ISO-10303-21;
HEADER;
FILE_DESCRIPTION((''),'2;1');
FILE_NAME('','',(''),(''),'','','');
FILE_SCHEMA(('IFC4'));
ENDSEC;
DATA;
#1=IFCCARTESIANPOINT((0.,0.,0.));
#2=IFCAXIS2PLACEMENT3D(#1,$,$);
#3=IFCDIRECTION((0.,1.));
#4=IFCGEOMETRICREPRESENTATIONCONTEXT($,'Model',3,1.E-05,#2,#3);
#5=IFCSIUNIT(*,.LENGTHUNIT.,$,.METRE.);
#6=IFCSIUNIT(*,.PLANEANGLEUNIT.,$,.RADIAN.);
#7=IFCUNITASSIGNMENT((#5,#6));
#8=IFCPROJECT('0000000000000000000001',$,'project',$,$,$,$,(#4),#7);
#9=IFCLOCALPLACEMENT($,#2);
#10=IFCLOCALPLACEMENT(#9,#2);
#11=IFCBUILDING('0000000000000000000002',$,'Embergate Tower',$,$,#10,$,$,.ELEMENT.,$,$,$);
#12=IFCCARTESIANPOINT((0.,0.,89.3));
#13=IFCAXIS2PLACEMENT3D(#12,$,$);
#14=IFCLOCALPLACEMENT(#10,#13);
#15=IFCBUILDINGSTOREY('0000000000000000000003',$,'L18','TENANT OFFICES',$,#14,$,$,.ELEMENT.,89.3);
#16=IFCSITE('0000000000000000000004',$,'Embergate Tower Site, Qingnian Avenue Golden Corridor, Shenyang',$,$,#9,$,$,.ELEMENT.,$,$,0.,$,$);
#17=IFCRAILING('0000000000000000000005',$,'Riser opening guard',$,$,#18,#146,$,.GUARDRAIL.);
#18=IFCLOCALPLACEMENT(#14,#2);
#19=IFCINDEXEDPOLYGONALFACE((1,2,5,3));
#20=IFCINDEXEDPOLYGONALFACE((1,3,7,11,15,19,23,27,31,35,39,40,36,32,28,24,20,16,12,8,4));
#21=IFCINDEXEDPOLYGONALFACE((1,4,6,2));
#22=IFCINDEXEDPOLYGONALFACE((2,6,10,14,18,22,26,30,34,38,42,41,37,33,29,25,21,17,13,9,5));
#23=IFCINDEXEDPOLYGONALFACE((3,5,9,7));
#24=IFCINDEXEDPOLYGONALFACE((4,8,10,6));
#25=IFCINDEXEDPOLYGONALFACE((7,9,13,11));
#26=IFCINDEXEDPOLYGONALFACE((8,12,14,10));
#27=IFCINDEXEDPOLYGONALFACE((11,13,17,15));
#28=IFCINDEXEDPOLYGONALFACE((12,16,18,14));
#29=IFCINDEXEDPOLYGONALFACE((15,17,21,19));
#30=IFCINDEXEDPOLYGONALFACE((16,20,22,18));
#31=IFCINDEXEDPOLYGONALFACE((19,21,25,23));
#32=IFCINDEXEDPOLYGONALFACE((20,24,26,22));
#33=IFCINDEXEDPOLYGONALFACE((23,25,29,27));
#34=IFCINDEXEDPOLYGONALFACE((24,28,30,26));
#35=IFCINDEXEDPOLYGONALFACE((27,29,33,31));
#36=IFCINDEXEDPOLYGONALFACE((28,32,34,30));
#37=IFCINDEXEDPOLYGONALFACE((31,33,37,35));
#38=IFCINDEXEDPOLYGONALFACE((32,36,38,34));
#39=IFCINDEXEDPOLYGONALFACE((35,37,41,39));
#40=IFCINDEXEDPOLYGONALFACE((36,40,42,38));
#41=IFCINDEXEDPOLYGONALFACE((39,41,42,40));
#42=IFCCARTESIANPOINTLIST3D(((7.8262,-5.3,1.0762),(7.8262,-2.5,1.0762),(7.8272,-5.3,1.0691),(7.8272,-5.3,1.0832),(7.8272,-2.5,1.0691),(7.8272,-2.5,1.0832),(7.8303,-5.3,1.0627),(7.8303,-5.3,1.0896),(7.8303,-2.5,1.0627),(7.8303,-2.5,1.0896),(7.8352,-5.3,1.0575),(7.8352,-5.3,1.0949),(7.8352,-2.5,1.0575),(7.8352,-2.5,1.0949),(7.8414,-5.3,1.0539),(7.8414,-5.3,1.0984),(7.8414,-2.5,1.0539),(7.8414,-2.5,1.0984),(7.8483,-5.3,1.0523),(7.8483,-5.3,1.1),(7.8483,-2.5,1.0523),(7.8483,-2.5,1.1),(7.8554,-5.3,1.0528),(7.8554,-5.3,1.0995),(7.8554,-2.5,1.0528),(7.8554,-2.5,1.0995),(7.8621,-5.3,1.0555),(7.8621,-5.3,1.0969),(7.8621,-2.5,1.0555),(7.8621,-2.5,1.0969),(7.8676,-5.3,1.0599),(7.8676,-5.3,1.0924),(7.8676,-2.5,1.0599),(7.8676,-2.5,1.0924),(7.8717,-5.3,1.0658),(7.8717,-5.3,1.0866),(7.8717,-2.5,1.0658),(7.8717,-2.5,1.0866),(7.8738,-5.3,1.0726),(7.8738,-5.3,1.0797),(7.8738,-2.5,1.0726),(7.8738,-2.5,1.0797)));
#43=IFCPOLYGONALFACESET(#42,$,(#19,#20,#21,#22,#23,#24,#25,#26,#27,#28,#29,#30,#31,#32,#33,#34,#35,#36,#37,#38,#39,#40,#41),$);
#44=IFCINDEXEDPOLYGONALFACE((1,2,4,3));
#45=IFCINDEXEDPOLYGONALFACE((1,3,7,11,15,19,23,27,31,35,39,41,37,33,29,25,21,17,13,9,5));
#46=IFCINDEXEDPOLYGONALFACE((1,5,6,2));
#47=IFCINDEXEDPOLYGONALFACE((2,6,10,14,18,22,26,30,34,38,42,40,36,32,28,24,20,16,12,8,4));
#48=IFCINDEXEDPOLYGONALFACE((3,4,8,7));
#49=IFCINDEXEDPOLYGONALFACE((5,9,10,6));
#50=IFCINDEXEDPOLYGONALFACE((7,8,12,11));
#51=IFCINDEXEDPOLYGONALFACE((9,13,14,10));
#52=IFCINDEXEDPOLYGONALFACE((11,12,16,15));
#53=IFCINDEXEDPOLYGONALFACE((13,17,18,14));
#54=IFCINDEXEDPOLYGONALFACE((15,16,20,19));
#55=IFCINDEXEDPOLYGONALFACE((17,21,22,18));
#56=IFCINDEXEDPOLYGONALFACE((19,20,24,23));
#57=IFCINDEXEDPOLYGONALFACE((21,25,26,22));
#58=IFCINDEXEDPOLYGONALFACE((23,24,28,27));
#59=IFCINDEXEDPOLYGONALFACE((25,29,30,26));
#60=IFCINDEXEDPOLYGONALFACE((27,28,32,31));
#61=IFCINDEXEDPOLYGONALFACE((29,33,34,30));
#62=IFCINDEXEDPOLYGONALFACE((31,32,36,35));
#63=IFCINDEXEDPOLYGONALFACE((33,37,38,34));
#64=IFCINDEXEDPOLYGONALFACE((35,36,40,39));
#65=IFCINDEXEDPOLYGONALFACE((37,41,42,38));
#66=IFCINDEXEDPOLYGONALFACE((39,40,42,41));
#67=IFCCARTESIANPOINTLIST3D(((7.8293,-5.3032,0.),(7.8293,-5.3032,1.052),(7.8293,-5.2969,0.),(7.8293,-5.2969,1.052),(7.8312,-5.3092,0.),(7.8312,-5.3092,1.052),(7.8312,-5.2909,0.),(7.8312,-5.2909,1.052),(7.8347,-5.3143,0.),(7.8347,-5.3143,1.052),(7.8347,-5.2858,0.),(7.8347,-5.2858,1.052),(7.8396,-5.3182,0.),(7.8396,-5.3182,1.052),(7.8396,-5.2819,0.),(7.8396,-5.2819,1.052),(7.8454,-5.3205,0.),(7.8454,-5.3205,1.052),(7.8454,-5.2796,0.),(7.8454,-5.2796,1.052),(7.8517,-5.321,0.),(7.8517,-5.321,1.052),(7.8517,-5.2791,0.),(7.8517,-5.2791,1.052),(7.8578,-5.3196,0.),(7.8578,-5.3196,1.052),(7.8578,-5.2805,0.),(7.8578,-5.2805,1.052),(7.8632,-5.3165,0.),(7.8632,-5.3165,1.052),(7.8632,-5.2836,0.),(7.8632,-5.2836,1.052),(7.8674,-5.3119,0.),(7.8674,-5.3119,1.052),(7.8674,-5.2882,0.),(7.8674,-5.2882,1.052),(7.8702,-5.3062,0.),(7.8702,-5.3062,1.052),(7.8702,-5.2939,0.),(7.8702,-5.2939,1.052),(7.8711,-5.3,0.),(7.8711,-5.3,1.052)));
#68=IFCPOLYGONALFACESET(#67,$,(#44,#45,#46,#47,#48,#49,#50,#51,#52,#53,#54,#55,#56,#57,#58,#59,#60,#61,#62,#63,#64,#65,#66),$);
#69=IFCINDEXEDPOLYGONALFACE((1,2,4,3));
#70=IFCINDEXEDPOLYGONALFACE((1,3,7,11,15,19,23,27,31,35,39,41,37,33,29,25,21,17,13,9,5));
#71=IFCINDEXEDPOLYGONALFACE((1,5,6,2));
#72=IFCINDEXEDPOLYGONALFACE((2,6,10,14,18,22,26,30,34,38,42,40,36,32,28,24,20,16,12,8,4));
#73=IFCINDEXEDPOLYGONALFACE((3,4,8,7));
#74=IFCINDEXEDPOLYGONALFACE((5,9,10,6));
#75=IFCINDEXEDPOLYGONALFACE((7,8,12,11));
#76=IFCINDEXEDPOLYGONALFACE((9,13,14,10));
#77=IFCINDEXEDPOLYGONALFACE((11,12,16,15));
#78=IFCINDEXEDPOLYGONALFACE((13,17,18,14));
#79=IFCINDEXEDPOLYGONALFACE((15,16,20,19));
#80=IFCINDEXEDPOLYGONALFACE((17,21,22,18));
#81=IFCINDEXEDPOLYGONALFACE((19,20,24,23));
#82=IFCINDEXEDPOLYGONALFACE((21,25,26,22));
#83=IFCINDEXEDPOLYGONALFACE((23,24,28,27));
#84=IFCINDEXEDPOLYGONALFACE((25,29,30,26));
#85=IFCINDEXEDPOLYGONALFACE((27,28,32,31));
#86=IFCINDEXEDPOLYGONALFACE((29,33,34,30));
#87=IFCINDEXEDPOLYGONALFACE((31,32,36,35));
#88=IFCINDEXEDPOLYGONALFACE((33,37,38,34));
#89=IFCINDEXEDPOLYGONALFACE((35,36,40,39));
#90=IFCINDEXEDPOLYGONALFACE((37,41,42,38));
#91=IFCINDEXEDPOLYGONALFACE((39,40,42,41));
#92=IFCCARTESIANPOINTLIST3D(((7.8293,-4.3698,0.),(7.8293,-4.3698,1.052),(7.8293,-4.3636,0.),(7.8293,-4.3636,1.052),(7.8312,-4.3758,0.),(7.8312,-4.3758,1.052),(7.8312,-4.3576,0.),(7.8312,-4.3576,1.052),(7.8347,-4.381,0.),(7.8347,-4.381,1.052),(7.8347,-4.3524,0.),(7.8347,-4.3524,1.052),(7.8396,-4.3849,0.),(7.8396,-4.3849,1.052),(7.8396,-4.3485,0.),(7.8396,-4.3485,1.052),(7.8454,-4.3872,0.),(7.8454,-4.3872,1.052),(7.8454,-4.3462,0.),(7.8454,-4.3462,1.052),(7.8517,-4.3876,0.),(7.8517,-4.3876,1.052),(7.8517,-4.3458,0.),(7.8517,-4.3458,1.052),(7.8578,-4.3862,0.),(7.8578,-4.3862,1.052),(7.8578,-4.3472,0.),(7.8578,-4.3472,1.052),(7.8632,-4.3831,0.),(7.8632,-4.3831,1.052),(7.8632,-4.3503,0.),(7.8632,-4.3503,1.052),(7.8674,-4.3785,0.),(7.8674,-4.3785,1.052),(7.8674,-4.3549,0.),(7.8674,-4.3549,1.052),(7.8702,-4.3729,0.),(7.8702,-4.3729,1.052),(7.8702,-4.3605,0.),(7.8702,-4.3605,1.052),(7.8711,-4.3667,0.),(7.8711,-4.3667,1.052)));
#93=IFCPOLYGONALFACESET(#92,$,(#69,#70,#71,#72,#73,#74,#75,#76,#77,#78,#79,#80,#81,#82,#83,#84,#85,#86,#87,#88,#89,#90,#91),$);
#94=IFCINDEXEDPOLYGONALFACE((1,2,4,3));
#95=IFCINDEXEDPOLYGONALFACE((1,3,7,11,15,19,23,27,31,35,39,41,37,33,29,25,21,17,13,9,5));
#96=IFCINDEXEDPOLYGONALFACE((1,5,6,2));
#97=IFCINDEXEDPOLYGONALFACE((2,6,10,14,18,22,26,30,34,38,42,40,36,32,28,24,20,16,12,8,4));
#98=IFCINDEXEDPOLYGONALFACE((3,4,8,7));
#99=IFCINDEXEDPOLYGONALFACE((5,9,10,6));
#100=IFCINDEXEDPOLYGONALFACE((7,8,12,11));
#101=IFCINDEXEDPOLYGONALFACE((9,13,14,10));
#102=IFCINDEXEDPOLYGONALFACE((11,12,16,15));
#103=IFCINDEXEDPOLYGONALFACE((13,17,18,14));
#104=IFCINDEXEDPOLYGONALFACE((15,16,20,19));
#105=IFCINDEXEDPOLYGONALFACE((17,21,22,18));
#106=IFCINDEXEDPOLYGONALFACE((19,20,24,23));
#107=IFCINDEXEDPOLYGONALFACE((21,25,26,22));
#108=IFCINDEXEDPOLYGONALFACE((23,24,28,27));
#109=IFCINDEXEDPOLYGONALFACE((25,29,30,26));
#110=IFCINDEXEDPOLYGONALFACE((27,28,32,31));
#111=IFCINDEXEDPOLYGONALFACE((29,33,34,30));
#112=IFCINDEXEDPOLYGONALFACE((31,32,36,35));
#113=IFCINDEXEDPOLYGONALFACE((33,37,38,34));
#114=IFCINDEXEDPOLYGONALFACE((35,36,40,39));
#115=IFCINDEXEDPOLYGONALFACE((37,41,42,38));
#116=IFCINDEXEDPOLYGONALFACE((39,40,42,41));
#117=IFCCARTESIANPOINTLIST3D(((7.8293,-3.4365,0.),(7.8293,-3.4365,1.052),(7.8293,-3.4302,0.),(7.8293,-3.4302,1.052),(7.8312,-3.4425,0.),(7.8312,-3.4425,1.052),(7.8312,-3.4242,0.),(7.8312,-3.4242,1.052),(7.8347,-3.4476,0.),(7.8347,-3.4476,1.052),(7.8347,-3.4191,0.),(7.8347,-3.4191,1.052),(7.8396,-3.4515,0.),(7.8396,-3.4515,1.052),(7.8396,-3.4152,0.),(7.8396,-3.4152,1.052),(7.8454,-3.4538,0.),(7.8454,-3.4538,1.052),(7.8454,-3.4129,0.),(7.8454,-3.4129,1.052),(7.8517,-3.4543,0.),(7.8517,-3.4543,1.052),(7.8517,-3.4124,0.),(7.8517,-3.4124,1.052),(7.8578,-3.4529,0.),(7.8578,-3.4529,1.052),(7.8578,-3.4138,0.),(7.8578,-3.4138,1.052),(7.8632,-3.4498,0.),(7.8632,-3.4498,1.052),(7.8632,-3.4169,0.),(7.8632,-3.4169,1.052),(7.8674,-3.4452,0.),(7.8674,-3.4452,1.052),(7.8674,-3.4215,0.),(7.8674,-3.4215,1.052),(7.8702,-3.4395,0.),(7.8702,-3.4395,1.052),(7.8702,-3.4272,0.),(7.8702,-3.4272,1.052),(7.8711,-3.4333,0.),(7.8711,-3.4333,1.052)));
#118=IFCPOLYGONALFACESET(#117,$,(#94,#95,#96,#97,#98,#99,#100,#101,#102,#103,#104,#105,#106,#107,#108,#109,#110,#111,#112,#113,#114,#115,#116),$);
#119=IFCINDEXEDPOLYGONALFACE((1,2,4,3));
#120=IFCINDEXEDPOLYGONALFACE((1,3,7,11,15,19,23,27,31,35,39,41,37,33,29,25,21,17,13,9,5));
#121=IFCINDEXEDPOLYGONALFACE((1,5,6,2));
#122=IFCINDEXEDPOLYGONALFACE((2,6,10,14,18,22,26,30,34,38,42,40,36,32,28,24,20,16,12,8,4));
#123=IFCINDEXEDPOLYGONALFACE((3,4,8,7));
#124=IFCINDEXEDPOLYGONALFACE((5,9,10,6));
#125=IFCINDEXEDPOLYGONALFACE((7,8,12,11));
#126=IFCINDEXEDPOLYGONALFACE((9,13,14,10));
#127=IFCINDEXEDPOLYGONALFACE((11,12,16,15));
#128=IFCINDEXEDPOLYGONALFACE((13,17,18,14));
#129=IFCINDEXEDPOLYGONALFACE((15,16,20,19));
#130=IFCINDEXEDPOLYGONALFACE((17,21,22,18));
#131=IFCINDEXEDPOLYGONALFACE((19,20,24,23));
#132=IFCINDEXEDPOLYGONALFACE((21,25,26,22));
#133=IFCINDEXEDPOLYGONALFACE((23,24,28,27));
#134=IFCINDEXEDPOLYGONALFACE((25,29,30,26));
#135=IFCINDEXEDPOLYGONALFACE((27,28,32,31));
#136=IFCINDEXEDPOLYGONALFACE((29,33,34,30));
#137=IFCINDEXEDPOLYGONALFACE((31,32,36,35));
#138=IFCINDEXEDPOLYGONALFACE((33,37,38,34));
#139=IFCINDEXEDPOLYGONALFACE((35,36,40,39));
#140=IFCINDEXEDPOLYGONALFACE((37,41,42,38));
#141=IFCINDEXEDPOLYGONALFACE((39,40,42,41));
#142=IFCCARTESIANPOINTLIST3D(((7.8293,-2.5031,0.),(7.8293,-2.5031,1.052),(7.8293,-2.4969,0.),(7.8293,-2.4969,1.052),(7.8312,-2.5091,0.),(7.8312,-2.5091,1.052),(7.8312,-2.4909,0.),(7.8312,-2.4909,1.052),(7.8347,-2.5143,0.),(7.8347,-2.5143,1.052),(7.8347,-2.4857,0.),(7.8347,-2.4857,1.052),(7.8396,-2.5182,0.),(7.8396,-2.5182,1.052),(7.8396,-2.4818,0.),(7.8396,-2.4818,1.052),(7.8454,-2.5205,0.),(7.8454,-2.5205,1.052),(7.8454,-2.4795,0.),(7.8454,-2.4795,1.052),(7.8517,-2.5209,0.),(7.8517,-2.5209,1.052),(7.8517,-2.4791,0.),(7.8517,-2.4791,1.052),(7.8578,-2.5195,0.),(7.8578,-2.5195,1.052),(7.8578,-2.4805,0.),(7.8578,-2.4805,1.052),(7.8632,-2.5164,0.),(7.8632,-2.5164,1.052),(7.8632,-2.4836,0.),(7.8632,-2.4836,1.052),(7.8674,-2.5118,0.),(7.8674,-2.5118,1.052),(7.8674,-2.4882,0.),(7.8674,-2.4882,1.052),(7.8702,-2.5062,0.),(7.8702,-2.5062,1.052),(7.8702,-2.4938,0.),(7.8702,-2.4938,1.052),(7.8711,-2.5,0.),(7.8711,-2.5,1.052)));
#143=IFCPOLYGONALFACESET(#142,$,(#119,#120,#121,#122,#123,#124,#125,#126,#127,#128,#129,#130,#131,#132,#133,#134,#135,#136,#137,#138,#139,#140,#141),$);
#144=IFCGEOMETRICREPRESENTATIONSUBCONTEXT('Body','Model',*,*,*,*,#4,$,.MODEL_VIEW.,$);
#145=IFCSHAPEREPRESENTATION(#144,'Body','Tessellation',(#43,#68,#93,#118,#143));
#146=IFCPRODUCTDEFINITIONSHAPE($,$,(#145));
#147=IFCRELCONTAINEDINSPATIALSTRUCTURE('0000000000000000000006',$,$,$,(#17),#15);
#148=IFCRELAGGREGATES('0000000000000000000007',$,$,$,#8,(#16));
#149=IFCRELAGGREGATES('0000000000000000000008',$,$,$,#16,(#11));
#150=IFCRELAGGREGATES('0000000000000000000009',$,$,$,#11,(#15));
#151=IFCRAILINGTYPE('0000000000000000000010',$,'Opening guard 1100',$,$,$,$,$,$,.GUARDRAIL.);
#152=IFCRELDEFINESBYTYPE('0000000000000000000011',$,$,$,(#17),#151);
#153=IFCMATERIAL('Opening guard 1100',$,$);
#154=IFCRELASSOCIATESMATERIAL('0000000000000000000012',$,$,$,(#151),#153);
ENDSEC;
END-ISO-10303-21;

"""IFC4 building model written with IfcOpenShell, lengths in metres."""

from ifc_helpers import new_model, si_unit, direction, frame, origin, origin_2d, place, context, subcontext, project, spatial, circle, extrude, source, transform, mapped, material, type_object, element, save


model = new_model("IFC4")

# Units and contexts
model_context = context("Model", 3, precision=1e-05, world=origin(), true_north=direction((0.0, 1.0)))
body_context = subcontext(model_context, "Body", "Model", "MODEL_VIEW")
ifc_project = project(units=[si_unit("LENGTHUNIT", "METRE"), si_unit("PLANEANGLEUNIT", "RADIAN")], contexts=[model_context])

# Site, building, storey
site_placement = place(None, origin())
site = spatial("IfcSite", under=ifc_project, at=site_placement, Name="Embergate Tower Site, Qingnian Avenue Golden Corridor, Shenyang", CompositionType="ELEMENT", RefElevation=0.0)
building_placement = place(site_placement, origin())
building = spatial("IfcBuilding", under=site, at=building_placement, Name="Embergate Tower", CompositionType="ELEMENT")
storey_placement = place(building_placement, frame((0.0, 0.0, 89.3)))
storey = spatial("IfcBuildingStorey", under=building, at=storey_placement, Name="L18", Description="TENANT OFFICES", CompositionType="ELEMENT", Elevation=89.3)

# Railing
ifc_material_1 = material(Name="Opening guard 1100")
railing_type = type_object("IfcRailingType", Name="Opening guard 1100", PredefinedType="GUARDRAIL", material=ifc_material_1)
shared_shape_1 = source(origin(), body_context, "Body", "SweptSolid", [
    extrude(circle(Radius=0.0239, at=origin_2d()), frame((0.0, 0.0, 1.0762), z_axis=(0.0, 1.0, 0.0), x_axis=(-1.0, 0.0, 0.0)), (0.0, 0.0, 1.0), 2.8),
    extrude(circle(Radius=0.021, at=origin_2d()), origin(), (0.0, 0.0, 1.0), 1.052),
    extrude(circle(Radius=0.021, at=origin_2d()), frame((0.0, 0.9333, 0.0)), (0.0, 0.0, 1.0), 1.052),
    extrude(circle(Radius=0.021, at=origin_2d()), frame((0.0, 1.8667, 0.0)), (0.0, 0.0, 1.0), 1.052),
    extrude(circle(Radius=0.021, at=origin_2d()), frame((0.0, 2.8, 0.0)), (0.0, 0.0, 1.0), 1.052),
])
railing_placement = place(storey_placement, frame((7.8501, -5.3, 0.0)))
element("IfcRailing", 1, at=railing_placement, inside=storey, type_object=railing_type, Name="Riser opening guard", PredefinedType="GUARDRAIL", context=body_context, shape_type="MappedRepresentation", body=[
    mapped(shared_shape_1, transform((0.0, 0.0, 0.0))),
])

save(model, "model.ifc")
